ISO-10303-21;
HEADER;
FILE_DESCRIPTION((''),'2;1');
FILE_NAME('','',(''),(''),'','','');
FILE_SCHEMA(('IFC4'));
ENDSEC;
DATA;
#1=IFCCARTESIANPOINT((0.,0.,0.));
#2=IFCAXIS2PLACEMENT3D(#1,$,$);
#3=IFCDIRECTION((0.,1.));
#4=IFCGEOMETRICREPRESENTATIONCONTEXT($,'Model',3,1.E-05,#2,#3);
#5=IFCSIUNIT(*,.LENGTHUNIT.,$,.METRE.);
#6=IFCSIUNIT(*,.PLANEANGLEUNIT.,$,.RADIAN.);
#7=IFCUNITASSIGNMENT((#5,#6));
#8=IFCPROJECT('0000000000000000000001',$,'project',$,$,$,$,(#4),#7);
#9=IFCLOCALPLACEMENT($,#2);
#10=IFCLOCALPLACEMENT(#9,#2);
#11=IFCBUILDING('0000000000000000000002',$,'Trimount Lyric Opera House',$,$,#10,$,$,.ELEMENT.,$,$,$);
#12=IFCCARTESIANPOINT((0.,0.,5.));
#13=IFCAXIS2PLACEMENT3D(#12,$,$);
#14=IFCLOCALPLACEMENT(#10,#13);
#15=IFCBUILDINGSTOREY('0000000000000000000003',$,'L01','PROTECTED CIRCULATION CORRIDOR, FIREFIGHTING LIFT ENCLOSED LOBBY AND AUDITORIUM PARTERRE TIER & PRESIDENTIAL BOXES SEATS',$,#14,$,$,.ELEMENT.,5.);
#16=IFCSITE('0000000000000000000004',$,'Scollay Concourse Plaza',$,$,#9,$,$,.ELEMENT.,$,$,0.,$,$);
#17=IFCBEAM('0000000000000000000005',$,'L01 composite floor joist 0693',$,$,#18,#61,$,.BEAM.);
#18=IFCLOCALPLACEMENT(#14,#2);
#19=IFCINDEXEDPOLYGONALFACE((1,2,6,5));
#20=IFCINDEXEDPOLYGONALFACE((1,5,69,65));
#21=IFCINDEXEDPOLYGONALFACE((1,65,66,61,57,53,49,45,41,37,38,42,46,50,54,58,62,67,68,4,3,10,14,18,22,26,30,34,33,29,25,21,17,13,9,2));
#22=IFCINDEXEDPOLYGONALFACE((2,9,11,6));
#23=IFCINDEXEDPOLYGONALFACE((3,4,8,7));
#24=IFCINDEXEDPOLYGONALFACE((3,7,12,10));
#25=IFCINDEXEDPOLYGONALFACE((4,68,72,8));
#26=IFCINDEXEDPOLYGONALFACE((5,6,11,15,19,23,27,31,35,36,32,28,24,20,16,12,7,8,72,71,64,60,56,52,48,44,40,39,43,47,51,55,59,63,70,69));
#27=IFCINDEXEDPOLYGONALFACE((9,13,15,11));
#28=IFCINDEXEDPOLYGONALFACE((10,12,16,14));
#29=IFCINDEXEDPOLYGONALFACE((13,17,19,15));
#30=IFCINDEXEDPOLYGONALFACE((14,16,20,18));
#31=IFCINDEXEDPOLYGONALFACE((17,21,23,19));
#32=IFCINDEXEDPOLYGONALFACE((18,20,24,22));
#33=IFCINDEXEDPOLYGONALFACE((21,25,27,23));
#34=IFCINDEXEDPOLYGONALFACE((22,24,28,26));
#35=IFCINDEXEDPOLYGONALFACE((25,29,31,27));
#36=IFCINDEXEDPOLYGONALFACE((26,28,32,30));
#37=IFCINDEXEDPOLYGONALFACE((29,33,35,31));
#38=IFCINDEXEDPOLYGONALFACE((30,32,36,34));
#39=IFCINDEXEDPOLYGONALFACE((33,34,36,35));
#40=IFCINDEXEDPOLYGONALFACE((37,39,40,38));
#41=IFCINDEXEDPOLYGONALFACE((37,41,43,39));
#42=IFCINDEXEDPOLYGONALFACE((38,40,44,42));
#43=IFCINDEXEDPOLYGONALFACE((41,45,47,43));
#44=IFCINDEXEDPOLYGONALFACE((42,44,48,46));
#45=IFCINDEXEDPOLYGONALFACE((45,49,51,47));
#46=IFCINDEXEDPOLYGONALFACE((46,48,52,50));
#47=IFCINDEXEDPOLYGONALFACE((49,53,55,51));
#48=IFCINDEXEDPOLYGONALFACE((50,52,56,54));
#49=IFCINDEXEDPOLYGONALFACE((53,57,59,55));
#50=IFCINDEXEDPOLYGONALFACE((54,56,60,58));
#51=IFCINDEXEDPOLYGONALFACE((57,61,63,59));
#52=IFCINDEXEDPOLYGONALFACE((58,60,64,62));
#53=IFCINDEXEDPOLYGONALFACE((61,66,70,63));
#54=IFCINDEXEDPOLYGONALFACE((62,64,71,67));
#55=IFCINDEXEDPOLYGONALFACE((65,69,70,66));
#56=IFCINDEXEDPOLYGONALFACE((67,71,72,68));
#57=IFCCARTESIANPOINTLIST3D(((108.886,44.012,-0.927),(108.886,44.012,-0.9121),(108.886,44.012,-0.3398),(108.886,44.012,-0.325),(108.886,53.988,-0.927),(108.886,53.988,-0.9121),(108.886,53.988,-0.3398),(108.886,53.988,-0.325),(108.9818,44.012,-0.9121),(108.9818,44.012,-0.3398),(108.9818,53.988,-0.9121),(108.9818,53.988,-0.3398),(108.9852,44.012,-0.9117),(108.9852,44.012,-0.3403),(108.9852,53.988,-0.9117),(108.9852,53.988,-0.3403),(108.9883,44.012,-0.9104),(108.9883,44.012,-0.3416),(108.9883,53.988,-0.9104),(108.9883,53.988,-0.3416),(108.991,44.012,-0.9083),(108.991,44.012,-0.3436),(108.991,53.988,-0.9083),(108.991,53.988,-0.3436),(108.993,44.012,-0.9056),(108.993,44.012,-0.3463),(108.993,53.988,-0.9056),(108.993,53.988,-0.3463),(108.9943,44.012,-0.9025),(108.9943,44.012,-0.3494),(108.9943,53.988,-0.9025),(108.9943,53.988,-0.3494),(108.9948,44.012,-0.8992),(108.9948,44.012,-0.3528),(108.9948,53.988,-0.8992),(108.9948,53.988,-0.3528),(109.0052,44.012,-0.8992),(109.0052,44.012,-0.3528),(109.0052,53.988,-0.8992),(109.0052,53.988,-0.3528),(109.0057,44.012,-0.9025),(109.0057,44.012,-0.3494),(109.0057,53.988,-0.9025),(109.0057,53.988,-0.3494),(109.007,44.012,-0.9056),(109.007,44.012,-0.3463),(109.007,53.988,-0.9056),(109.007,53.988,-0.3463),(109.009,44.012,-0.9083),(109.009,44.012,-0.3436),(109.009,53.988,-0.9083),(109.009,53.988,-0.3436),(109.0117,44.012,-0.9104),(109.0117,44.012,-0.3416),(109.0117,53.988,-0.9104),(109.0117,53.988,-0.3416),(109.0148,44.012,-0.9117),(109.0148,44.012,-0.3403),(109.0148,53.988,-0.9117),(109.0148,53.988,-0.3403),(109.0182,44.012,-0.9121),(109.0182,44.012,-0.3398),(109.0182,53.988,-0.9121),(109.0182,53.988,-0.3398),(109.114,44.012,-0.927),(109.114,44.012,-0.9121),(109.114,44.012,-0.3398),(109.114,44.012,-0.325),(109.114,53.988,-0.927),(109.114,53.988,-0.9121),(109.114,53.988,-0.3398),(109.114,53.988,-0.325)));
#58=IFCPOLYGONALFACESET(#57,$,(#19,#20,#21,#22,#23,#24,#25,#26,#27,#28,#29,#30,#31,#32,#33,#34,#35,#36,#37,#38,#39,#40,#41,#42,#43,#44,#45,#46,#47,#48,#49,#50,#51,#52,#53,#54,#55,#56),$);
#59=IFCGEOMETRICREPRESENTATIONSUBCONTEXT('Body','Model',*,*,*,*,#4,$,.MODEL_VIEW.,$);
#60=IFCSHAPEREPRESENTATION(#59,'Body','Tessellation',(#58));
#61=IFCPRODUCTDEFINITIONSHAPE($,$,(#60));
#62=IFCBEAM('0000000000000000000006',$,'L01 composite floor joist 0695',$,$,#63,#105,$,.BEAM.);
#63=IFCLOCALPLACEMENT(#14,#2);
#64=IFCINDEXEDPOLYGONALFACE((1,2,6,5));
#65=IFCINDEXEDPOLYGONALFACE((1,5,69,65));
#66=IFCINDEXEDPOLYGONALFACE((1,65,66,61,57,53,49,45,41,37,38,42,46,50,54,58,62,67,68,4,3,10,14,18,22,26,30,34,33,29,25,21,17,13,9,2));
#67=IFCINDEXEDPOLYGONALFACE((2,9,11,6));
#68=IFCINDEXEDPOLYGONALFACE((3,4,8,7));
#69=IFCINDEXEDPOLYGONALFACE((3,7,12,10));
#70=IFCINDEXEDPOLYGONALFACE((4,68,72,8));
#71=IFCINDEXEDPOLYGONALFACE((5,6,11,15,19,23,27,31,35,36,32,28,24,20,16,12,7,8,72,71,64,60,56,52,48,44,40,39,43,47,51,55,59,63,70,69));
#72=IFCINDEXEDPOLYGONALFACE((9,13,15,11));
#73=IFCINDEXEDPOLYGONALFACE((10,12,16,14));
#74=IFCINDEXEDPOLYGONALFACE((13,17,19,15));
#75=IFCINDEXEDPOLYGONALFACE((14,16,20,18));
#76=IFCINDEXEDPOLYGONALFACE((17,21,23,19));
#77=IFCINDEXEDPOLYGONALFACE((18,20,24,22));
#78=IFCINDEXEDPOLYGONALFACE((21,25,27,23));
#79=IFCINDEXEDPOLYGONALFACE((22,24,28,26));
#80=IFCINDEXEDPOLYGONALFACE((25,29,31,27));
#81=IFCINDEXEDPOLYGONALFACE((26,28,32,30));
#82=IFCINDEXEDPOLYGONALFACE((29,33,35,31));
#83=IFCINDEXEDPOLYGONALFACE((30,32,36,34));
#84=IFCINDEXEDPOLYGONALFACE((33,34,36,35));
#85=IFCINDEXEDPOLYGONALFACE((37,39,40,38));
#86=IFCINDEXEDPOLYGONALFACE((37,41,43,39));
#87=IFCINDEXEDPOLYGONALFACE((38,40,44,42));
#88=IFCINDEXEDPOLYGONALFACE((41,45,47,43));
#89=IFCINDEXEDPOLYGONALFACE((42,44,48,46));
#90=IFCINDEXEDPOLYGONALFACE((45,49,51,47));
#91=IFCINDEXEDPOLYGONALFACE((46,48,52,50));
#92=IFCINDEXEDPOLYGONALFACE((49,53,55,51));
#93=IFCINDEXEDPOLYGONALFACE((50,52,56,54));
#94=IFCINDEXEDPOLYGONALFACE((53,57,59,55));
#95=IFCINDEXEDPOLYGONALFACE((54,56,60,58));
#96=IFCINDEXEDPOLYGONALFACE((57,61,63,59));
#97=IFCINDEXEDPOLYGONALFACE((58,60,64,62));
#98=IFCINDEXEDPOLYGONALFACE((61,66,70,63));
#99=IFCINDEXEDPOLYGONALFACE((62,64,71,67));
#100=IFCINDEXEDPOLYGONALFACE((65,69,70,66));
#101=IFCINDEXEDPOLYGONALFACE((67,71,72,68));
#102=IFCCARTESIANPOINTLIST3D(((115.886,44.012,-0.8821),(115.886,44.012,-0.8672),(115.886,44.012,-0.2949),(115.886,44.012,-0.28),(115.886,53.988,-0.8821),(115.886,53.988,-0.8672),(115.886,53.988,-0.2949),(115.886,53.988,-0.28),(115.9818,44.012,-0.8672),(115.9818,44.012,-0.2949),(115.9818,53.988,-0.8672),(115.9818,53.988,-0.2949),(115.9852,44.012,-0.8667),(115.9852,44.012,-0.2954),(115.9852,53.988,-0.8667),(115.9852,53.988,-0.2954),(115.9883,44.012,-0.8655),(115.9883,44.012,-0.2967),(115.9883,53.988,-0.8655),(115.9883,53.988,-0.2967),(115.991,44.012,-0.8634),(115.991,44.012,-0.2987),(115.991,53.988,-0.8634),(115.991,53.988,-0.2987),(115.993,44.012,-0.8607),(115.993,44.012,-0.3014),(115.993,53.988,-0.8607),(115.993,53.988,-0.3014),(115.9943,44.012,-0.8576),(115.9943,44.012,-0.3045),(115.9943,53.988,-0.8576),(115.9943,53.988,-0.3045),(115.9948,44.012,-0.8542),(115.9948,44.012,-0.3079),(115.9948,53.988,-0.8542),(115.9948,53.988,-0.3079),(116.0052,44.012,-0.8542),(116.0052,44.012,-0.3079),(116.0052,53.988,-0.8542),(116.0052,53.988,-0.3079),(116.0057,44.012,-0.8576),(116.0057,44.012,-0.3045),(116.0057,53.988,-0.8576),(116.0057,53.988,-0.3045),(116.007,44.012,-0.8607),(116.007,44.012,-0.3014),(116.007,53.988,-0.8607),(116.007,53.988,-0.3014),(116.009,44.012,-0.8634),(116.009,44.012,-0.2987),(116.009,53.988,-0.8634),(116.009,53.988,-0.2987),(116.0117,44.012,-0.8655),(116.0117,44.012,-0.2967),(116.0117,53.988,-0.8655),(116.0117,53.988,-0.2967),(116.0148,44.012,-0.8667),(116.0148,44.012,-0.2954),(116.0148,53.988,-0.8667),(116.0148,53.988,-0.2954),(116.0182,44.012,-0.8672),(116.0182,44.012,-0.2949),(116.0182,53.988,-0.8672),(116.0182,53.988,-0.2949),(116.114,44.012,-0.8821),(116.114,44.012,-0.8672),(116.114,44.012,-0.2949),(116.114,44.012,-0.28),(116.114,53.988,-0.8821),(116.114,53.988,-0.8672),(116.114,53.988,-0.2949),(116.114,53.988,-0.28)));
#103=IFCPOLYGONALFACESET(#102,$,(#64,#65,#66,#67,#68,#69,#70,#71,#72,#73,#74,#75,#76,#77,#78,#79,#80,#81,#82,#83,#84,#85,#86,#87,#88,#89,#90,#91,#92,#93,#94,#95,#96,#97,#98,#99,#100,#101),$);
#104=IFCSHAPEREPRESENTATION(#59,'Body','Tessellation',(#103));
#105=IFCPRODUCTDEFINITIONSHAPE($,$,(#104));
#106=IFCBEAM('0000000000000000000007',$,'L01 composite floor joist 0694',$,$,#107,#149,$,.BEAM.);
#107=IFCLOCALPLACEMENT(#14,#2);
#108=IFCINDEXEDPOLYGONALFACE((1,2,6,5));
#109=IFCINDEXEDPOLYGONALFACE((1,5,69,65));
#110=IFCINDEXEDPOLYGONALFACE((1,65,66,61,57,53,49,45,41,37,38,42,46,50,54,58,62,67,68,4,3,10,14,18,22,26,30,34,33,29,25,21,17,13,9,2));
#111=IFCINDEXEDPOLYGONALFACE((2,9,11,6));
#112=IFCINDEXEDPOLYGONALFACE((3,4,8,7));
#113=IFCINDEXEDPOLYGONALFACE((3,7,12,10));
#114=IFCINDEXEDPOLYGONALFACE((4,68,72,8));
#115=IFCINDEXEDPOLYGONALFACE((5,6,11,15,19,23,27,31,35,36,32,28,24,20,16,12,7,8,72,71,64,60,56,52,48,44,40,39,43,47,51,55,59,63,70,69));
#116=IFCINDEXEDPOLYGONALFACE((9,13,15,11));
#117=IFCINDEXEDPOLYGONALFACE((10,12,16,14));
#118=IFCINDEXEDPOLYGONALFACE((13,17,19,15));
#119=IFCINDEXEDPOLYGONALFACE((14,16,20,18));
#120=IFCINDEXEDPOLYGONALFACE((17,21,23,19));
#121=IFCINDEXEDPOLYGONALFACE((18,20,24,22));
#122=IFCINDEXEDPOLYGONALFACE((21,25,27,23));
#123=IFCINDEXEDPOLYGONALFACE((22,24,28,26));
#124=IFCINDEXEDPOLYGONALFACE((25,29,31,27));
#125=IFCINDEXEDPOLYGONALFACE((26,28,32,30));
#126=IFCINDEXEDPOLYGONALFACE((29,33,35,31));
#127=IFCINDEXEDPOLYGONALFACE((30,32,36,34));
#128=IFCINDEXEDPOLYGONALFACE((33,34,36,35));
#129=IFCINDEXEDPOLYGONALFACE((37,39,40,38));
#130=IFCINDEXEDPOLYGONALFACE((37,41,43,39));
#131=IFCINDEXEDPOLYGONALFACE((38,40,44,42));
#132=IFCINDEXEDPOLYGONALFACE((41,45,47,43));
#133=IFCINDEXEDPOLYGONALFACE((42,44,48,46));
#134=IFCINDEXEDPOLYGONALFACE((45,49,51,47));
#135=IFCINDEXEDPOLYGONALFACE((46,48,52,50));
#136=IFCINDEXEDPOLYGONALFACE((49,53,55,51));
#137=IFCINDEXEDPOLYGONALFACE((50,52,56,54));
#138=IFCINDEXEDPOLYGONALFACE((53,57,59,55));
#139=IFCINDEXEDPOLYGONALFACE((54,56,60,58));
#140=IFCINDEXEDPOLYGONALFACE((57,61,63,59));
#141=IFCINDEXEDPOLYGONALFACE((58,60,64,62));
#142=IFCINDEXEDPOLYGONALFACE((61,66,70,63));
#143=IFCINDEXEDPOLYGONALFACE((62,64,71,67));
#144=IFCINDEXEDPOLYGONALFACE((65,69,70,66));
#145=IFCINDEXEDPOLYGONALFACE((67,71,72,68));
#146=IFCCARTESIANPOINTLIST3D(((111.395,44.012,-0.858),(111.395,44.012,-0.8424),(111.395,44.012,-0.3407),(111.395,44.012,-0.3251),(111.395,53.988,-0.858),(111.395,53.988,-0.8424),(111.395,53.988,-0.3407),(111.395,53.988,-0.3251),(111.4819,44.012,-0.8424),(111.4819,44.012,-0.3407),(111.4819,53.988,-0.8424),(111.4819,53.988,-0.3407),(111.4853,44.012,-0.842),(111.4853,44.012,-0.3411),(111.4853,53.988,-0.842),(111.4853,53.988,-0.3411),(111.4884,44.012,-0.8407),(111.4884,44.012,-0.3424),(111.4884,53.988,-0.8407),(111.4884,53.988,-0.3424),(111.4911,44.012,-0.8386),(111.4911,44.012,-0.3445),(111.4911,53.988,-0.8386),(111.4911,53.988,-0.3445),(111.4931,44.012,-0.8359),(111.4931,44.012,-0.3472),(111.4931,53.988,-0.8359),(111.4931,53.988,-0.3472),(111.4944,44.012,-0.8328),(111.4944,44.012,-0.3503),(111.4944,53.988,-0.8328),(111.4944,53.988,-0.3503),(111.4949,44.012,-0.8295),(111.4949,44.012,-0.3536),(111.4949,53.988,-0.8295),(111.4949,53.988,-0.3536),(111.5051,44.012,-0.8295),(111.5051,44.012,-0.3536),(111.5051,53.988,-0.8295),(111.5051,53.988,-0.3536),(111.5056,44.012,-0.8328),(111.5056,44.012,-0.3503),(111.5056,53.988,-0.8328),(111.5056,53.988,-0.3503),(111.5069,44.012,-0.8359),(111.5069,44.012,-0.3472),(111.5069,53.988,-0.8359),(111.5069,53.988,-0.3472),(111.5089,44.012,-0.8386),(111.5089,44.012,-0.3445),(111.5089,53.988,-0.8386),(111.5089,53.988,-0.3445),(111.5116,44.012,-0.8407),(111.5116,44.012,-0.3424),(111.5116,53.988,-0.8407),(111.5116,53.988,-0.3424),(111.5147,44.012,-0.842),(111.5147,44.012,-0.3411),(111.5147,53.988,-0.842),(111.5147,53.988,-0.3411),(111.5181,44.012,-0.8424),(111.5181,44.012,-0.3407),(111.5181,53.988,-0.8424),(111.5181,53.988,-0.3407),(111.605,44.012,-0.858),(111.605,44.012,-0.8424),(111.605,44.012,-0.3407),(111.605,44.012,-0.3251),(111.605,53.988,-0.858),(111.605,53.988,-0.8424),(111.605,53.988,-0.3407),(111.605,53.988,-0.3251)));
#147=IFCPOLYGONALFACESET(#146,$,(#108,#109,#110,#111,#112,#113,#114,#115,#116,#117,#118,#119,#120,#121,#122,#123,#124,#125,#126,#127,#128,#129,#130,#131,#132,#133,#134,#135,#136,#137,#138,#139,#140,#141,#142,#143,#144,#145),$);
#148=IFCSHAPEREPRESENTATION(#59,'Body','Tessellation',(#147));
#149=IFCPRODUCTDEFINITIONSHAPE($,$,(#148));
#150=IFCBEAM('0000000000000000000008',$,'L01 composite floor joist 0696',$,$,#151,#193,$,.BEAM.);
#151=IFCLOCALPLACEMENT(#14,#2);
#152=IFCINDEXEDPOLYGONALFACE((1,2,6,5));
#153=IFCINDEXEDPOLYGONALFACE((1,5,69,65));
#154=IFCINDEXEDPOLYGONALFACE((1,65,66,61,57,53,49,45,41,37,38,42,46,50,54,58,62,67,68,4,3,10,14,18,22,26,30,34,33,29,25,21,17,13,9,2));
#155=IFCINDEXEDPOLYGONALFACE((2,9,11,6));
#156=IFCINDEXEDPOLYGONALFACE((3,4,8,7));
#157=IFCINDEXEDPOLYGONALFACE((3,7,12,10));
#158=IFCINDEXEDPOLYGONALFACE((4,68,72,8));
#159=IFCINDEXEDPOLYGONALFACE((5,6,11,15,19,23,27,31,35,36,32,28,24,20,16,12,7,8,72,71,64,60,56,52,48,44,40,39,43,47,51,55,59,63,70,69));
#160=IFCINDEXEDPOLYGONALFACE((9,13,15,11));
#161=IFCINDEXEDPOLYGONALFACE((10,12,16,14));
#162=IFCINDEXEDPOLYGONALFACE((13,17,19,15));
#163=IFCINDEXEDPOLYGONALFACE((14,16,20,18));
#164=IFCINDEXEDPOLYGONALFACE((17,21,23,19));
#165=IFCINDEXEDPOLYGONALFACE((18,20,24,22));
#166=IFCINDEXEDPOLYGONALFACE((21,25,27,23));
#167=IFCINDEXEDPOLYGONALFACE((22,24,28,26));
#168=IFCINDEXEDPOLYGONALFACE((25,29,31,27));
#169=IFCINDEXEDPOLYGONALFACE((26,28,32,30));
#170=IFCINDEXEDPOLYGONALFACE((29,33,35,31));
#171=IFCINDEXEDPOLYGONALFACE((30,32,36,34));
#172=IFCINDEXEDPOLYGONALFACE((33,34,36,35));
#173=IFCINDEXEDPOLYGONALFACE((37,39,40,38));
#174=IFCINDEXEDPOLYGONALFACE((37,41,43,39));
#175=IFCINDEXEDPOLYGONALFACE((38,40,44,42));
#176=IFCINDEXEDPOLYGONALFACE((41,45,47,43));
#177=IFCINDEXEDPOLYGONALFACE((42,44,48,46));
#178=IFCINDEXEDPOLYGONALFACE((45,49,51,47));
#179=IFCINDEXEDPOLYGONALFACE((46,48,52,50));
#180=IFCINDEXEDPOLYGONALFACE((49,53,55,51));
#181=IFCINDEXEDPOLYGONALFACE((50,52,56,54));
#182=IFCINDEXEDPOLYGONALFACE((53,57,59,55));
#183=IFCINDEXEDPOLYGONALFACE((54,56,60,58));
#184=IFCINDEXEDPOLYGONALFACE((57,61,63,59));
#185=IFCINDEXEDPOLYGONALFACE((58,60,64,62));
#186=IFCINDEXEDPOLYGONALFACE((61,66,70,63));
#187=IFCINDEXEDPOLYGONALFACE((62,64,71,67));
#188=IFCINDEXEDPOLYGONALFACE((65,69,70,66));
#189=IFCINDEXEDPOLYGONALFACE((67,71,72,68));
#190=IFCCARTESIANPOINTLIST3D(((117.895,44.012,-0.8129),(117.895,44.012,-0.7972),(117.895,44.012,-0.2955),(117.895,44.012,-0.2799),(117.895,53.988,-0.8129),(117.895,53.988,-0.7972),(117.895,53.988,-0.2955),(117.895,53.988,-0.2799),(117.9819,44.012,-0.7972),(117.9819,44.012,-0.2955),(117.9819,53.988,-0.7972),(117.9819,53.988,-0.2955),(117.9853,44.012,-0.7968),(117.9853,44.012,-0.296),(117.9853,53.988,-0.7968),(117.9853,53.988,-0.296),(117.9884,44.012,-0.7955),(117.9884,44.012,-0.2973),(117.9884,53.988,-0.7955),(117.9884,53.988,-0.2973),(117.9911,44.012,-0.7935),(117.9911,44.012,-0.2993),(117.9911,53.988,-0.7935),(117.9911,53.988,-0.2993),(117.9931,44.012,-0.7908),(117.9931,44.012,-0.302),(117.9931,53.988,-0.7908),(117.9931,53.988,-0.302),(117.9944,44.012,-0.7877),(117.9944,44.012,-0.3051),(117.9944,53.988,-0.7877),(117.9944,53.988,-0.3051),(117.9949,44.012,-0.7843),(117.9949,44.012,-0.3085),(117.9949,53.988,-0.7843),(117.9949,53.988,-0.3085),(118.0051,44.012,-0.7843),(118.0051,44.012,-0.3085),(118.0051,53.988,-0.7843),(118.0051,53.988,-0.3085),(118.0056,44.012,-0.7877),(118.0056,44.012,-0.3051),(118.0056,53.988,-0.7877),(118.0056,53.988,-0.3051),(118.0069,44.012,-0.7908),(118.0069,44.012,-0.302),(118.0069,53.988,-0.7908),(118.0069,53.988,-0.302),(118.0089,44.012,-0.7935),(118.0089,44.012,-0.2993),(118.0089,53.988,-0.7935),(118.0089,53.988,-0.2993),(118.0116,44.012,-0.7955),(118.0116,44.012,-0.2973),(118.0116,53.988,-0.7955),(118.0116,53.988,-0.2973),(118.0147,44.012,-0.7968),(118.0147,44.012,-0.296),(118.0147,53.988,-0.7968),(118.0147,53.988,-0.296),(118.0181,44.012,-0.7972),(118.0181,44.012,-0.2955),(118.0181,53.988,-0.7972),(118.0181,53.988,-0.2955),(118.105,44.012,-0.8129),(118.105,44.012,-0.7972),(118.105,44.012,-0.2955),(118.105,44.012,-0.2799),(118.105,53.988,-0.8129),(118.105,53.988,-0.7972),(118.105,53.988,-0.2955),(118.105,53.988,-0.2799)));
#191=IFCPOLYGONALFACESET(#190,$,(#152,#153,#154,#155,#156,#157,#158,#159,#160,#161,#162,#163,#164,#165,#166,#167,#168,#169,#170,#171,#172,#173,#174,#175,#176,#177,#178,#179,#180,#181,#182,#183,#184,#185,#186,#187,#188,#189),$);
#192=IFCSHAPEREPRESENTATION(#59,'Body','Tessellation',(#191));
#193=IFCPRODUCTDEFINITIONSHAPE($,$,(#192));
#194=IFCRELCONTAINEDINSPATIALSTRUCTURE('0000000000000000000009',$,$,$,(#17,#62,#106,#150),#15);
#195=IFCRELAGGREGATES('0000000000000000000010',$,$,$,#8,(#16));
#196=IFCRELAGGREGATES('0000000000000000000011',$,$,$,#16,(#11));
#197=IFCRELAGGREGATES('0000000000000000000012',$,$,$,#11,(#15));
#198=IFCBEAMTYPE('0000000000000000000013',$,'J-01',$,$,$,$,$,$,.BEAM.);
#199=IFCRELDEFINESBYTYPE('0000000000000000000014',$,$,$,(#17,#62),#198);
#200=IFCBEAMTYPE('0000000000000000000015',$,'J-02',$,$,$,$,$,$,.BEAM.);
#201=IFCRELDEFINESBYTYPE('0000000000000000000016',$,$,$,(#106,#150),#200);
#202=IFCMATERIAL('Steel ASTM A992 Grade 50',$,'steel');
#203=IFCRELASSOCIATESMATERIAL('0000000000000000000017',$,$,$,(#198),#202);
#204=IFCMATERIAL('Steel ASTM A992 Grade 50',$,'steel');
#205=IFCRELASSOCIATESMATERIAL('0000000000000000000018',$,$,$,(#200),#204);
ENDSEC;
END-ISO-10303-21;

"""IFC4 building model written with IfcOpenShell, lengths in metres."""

from ifc_helpers import new_model, si_unit, direction, frame, origin, origin_2d, place, context, subcontext, project, spatial, i_section, extrude, material, material_profile, profile_set, type_object, element, save


model = new_model("IFC4")

# Units and contexts
model_context = context("Model", 3, precision=1e-05, world=origin(), true_north=direction((0.0, 1.0)))
body_context = subcontext(model_context, "Body", "Model", "MODEL_VIEW")
ifc_project = project(units=[si_unit("LENGTHUNIT", "METRE"), si_unit("PLANEANGLEUNIT", "RADIAN")], contexts=[model_context])

# Site, building, storey
site_placement = place(None, origin())
site = spatial("IfcSite", under=ifc_project, at=site_placement, Name="Scollay Concourse Plaza", CompositionType="ELEMENT", RefElevation=0.0)
building_placement = place(site_placement, origin())
building = spatial("IfcBuilding", under=site, at=building_placement, Name="Trimount Lyric Opera House", CompositionType="ELEMENT")
storey_placement = place(building_placement, frame((0.0, 0.0, 5.0)))
storey = spatial("IfcBuildingStorey", under=building, at=storey_placement, Name="L01", Description="PROTECTED CIRCULATION CORRIDOR, FIREFIGHTING LIFT ENCLOSED LOBBY AND AUDITORIUM PARTERRE TIER & PRESIDENTIAL BOXES SEATS", CompositionType="ELEMENT", Elevation=5.0)

# Beams
ifc_material_1 = material(Name="Steel ASTM A992 Grade 50", Category="steel")
ifc_material_profile_1 = material_profile(ifc_material_1, i_section(OverallWidth=0.228, OverallDepth=0.6021, WebThickness=0.0105, FlangeThickness=0.0149, FilletRadius=0.0129, at=origin_2d()), Name="W24X68")
ifc_profile_set_1 = profile_set([ifc_material_profile_1], Name="Steel ASTM A992 Grade 50")
beam_type_1 = type_object("IfcBeamType", Name="J-01", PredefinedType="BEAM", material=ifc_profile_set_1)
for number, where, z_axis, x_axis, name in (
    (1, (109.0, 44.012, -0.626), (0.0, 1.0, 0.0), (-1.0, 0.0, 0.0), "L01 composite floor joist 0693"),
    (2, (116.0, 44.012, -0.5811), (0.0, 1.0, 0.0), (-1.0, 0.0, 0.0), "L01 composite floor joist 0695"),
):
    element("IfcBeam", number, at=place(storey_placement, frame(where, z_axis=z_axis, x_axis=x_axis)), inside=storey, type_object=beam_type_1, Name=name, PredefinedType="BEAM", context=body_context, shape_type="SweptSolid", body=[
        extrude(i_section(OverallWidth=0.228, OverallDepth=0.6021, WebThickness=0.0105, FlangeThickness=0.0149, FilletRadius=0.0129, at=origin_2d()), origin(), (0.0, 0.0, 1.0), 9.9761),
    ])
ifc_material_2 = material(Name="Steel ASTM A992 Grade 50", Category="steel")
ifc_material_profile_2 = material_profile(ifc_material_2, i_section(OverallWidth=0.21, OverallDepth=0.533, WebThickness=0.0103, FlangeThickness=0.0156, FilletRadius=0.0129, at=origin_2d()), Name="W21X62")
ifc_profile_set_2 = profile_set([ifc_material_profile_2], Name="Steel ASTM A992 Grade 50")
beam_type_2 = type_object("IfcBeamType", Name="J-02", PredefinedType="BEAM", material=ifc_profile_set_2)
for number, where, z_axis, x_axis, name in (
    (3, (111.5, 44.012, -0.5916), (0.0, 1.0, 0.0), (-1.0, 0.0, 0.0), "L01 composite floor joist 0694"),
    (4, (118.0, 44.012, -0.5464), (0.0, 1.0, 0.0), (-1.0, 0.0, 0.0), "L01 composite floor joist 0696"),
):
    element("IfcBeam", number, at=place(storey_placement, frame(where, z_axis=z_axis, x_axis=x_axis)), inside=storey, type_object=beam_type_2, Name=name, PredefinedType="BEAM", context=body_context, shape_type="SweptSolid", body=[
        extrude(i_section(OverallWidth=0.21, OverallDepth=0.533, WebThickness=0.0103, FlangeThickness=0.0156, FilletRadius=0.0129, at=origin_2d()), origin(), (0.0, 0.0, 1.0), 9.9761),
    ])

save(model, "model.ifc")
